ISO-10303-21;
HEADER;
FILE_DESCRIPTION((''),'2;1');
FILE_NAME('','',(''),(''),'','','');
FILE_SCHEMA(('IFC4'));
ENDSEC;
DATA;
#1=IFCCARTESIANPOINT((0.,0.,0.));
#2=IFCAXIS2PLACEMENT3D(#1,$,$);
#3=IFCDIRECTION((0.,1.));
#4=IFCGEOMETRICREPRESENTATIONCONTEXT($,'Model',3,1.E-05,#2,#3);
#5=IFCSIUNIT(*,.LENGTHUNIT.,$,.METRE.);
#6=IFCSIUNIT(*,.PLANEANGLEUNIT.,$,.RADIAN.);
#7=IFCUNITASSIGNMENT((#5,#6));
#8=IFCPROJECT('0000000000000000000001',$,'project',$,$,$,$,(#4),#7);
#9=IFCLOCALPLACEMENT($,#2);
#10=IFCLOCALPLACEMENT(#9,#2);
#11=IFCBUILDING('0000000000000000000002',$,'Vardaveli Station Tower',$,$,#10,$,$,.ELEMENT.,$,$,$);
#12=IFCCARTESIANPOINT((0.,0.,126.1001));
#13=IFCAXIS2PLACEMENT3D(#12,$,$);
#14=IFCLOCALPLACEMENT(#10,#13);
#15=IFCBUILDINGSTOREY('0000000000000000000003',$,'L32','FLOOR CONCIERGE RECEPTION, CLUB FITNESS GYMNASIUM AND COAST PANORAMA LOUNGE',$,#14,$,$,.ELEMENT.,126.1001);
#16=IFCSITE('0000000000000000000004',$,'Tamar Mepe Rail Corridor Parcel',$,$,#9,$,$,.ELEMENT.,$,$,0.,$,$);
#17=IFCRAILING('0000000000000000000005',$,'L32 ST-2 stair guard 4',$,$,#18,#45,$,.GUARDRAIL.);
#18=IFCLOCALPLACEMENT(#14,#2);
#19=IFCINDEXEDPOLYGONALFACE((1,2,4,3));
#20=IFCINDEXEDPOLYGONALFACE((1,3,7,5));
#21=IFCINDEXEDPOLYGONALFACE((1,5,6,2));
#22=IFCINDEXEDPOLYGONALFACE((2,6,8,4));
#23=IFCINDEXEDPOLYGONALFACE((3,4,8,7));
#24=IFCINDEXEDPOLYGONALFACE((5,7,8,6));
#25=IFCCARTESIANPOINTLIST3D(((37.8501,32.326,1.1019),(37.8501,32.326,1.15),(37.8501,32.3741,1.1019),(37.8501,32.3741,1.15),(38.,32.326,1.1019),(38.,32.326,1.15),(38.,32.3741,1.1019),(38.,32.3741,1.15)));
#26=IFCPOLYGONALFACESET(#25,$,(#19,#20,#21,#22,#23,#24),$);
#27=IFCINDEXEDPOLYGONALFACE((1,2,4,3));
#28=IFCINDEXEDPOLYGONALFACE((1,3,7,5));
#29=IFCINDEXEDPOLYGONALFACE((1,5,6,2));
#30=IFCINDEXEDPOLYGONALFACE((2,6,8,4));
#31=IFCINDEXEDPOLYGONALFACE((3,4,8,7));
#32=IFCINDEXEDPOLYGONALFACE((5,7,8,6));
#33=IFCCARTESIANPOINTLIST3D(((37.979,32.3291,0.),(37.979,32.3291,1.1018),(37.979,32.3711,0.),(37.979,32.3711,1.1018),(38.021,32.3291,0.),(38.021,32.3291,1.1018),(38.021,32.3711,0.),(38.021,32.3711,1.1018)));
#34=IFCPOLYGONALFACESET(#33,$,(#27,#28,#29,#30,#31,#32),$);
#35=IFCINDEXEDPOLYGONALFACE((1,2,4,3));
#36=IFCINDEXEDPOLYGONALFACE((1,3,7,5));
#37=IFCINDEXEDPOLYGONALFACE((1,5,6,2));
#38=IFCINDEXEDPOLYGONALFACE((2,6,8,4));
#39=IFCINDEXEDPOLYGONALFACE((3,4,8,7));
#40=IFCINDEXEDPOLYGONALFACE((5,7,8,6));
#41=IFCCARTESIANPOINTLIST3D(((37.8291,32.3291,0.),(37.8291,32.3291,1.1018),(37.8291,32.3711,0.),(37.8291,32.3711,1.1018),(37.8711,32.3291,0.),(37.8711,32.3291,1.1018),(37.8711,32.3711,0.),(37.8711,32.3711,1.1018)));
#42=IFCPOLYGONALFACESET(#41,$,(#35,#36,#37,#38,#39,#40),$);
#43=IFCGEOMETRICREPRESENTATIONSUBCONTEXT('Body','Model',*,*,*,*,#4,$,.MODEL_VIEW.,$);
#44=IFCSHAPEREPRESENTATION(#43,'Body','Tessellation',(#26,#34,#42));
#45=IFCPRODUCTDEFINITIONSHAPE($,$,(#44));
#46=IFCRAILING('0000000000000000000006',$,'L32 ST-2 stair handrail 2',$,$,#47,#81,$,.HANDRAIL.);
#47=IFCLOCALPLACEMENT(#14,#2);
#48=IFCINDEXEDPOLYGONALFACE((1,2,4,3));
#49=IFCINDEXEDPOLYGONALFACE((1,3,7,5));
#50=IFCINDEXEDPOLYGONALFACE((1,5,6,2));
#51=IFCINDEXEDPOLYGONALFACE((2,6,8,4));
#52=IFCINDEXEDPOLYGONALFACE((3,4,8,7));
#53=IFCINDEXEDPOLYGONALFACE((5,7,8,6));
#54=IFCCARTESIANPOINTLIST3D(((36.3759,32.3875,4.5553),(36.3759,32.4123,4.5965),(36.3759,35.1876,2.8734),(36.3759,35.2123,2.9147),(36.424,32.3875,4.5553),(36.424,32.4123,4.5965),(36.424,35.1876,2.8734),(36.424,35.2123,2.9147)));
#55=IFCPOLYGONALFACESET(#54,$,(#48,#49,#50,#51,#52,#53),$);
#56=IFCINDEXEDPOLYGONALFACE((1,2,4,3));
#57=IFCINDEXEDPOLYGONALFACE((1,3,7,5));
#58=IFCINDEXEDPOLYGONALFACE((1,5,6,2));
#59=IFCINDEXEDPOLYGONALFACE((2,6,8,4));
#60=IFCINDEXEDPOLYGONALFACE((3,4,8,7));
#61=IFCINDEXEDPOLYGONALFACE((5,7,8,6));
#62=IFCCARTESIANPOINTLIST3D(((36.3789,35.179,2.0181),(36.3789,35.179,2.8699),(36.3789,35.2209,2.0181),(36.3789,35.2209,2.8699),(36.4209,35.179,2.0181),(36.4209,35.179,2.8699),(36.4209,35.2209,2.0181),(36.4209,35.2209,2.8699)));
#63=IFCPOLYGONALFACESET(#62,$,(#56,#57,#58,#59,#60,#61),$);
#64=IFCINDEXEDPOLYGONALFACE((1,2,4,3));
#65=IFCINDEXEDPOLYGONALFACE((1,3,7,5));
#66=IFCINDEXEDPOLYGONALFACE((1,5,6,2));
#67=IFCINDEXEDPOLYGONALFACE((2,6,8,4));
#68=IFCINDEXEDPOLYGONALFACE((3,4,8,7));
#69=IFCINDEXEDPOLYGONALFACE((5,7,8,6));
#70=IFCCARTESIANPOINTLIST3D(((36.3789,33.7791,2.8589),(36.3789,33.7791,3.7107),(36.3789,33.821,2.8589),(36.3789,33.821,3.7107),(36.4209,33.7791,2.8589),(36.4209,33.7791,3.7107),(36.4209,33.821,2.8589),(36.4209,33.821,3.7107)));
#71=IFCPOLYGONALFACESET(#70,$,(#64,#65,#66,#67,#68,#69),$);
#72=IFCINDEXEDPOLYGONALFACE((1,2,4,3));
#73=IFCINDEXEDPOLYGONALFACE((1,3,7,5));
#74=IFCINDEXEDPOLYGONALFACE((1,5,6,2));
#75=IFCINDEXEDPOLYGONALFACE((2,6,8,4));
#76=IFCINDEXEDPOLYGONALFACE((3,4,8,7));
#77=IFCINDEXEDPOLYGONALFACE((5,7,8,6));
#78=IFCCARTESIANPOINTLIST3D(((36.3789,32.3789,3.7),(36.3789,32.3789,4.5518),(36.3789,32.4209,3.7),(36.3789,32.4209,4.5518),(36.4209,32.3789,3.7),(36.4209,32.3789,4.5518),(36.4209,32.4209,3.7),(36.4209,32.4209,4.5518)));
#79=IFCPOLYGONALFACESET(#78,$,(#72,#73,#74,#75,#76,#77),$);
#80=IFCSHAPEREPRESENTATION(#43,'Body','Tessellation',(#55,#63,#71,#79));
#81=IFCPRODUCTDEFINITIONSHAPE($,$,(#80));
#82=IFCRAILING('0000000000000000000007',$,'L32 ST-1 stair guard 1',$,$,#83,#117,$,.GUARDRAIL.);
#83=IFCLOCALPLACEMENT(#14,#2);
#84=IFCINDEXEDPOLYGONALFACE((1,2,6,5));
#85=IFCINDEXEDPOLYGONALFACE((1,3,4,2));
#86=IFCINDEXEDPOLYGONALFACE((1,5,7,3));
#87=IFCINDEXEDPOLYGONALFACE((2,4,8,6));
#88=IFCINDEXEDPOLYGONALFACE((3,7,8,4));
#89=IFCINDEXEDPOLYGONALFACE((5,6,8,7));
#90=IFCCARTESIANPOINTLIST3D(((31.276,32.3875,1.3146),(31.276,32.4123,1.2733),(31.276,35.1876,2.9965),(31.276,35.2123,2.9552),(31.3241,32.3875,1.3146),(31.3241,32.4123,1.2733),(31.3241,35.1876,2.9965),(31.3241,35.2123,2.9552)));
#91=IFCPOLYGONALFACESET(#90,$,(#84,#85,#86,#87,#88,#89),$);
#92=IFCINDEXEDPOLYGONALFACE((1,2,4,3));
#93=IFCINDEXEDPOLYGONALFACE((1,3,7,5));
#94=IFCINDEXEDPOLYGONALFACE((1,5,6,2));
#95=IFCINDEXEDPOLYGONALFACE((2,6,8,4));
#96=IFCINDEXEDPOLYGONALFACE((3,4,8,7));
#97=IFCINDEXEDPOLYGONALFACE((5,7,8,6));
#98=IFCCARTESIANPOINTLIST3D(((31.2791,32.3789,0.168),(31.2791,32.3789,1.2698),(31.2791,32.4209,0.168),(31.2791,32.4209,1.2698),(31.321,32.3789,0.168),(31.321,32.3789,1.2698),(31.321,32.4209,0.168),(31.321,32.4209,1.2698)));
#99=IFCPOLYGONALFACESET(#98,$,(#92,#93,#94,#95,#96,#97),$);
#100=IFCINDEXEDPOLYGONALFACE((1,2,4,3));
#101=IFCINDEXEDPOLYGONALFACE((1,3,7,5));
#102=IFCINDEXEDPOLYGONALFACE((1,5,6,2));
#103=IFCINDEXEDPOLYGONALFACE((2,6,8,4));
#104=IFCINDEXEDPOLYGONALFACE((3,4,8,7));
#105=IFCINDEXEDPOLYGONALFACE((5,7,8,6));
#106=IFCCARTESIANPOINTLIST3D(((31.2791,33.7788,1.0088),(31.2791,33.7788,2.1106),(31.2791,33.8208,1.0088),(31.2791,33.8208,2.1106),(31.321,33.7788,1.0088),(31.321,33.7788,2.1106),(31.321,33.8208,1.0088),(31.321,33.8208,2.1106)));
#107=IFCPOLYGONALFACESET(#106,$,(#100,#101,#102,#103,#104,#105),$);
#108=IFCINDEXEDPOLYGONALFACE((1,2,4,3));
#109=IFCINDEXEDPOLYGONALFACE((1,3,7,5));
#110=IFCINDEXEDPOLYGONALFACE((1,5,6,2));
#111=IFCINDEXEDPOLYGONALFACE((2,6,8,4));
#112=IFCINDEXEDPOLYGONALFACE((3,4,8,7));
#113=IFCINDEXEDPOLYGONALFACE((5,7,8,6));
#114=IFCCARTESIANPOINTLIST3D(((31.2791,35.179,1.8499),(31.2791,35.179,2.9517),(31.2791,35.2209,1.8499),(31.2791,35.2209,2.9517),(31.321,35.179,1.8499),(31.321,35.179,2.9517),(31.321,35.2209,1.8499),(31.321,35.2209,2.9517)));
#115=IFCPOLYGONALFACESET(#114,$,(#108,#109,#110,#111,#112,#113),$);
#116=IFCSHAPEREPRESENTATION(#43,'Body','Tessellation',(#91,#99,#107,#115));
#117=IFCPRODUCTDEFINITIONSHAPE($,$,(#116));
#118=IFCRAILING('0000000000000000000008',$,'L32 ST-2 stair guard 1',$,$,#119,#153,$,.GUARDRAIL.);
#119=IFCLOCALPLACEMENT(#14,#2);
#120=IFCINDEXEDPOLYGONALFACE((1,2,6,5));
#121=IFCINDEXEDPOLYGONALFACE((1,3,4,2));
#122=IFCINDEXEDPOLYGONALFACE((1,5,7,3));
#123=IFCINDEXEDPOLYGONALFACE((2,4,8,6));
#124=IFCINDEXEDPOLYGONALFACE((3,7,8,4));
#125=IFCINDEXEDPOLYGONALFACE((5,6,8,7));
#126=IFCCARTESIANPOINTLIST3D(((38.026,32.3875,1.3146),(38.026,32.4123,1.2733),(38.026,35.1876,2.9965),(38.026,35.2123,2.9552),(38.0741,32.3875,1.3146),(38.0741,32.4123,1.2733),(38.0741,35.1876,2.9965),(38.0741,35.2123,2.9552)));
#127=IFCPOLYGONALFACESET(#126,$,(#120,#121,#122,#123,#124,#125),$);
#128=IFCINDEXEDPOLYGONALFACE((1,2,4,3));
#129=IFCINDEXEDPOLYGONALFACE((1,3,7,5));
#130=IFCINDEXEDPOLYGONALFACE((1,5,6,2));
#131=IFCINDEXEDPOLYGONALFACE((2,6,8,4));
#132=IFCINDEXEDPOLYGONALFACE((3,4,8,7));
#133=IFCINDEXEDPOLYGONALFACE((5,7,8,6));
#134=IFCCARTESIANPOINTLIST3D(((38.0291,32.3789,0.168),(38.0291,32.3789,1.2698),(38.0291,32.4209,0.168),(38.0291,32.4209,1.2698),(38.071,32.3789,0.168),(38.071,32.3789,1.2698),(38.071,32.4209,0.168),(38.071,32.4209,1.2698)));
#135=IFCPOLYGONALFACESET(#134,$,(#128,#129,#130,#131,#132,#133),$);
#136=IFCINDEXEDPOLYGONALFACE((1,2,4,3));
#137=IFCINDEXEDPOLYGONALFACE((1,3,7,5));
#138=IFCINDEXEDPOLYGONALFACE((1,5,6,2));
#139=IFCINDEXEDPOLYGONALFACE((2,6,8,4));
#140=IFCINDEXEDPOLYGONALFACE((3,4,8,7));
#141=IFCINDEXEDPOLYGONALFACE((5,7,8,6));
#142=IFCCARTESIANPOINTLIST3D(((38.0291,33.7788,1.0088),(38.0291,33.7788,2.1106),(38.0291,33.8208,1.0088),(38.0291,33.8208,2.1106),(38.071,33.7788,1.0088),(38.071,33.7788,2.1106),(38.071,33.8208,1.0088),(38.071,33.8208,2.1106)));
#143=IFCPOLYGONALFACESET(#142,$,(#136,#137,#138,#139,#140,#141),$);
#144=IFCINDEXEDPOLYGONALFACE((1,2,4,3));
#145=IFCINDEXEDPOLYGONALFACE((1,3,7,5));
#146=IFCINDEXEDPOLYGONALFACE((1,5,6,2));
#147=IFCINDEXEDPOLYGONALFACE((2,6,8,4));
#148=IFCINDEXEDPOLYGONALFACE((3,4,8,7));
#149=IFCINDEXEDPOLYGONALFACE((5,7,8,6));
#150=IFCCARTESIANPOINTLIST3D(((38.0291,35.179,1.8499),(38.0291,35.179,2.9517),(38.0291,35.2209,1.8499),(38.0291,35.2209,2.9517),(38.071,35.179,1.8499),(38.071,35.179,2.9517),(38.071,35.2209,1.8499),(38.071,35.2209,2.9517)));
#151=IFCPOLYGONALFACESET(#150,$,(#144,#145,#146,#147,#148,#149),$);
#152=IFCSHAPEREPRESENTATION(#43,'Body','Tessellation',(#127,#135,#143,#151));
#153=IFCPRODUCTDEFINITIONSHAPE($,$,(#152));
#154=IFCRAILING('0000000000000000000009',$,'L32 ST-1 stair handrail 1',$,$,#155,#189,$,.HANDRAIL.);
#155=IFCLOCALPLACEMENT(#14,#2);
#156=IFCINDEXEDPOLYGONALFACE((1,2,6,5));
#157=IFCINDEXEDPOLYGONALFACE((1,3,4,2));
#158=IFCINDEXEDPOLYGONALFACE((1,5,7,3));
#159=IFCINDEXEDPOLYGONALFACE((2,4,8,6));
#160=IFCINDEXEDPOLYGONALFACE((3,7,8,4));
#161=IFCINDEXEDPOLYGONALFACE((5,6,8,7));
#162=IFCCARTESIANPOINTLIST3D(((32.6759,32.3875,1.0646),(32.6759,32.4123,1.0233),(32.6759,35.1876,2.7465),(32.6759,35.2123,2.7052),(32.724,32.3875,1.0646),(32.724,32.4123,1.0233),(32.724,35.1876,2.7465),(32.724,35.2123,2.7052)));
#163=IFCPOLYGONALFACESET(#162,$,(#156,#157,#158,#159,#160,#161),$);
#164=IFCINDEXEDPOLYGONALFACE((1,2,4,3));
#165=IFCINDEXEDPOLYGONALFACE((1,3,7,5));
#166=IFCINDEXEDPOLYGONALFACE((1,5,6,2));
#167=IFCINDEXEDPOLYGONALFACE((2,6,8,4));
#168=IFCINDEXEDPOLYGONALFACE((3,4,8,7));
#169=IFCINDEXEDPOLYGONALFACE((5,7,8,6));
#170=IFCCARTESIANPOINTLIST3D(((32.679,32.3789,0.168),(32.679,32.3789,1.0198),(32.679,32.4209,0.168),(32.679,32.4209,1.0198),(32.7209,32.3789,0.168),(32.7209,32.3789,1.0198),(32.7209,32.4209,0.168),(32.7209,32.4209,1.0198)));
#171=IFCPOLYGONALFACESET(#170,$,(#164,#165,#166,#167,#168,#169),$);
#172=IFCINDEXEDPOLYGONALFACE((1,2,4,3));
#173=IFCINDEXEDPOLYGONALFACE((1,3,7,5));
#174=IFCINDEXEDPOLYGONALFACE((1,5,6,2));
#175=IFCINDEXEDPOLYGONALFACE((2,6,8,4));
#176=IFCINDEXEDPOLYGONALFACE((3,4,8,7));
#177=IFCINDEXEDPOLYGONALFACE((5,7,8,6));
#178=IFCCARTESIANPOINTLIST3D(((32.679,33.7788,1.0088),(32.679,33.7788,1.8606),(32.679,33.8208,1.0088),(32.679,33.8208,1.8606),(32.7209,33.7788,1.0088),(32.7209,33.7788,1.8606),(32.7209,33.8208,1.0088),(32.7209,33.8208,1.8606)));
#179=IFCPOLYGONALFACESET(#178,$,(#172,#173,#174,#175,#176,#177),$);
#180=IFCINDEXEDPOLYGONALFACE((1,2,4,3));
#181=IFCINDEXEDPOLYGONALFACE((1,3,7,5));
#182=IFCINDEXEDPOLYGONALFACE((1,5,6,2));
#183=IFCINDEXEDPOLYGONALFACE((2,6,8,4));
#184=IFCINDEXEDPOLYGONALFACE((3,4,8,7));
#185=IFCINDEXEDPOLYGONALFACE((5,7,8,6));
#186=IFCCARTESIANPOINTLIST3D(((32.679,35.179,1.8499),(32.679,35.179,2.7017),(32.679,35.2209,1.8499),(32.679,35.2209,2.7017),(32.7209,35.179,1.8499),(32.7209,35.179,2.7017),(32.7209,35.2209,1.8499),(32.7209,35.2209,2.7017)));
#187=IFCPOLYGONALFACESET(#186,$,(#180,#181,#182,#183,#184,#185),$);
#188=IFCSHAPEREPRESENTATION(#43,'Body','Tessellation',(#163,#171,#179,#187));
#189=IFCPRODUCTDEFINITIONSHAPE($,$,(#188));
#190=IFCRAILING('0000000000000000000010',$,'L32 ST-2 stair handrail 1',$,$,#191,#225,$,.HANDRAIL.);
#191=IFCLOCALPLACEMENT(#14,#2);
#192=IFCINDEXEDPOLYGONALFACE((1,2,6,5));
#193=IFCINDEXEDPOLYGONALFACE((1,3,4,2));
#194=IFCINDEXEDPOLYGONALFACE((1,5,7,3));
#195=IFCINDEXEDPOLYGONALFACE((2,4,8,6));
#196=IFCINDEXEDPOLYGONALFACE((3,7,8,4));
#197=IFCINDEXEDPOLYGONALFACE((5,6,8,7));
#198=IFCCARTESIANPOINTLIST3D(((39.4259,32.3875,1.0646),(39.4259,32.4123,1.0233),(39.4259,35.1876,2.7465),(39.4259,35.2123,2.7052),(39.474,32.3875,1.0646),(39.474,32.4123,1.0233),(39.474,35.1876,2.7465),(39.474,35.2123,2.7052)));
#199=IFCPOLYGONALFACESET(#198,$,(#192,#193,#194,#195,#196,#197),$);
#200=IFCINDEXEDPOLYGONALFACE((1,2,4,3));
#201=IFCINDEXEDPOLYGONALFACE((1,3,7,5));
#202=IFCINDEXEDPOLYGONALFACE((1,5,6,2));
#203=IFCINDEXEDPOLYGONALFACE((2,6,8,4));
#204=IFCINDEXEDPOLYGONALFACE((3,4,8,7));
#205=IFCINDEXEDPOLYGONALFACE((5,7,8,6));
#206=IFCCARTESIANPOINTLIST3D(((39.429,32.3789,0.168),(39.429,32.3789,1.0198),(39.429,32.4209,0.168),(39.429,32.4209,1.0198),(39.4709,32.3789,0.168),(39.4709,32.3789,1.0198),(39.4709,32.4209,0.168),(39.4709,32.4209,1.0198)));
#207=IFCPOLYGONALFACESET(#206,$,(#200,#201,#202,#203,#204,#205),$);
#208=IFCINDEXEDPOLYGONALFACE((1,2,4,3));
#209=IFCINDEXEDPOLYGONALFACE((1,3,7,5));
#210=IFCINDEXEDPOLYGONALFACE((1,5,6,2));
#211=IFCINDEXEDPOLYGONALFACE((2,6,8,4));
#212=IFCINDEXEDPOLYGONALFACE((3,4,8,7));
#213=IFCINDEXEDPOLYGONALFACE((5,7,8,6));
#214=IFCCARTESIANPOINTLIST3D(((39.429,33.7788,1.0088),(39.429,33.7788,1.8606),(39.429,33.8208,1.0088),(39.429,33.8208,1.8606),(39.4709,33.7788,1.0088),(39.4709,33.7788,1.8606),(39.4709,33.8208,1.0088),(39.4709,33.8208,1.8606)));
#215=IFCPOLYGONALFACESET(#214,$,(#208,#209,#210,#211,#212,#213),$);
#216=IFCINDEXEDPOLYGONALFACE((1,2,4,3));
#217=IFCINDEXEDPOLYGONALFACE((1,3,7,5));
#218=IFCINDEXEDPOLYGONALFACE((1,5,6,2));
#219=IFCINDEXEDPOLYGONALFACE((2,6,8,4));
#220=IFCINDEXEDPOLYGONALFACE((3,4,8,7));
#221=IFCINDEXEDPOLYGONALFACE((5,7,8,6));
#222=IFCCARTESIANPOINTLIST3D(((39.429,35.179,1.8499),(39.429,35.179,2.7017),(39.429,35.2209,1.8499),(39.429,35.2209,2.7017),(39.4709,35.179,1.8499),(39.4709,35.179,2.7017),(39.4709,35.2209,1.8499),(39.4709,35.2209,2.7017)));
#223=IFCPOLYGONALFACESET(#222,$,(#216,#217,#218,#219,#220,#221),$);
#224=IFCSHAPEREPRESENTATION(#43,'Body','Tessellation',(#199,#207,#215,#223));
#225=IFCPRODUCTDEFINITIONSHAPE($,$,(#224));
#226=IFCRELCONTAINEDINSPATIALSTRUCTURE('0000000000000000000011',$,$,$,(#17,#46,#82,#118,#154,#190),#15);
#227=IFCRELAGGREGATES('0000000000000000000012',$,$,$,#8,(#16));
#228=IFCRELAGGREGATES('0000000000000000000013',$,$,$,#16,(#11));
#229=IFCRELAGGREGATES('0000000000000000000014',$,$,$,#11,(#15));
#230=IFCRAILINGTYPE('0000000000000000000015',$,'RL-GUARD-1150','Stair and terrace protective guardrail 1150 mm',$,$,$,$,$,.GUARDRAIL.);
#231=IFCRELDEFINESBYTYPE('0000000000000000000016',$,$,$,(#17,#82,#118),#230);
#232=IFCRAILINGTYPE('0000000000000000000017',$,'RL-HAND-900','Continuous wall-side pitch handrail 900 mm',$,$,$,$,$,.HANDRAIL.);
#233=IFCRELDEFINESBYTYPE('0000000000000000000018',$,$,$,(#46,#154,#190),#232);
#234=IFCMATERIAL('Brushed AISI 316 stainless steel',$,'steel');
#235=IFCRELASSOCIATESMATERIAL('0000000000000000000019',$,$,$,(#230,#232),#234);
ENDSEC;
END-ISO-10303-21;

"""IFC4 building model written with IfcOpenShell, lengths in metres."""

from ifc_helpers import new_model, si_unit, direction, frame, origin, origin_2d, place, context, subcontext, project, spatial, rectangle, extrude, source, transform, mapped, material, type_object, element, save


model = new_model("IFC4")

# Units and contexts
model_context = context("Model", 3, precision=1e-05, world=origin(), true_north=direction((0.0, 1.0)))
body_context = subcontext(model_context, "Body", "Model", "MODEL_VIEW")
ifc_project = project(units=[si_unit("LENGTHUNIT", "METRE"), si_unit("PLANEANGLEUNIT", "RADIAN")], contexts=[model_context])

# Site, building, storey
site_placement = place(None, origin())
site = spatial("IfcSite", under=ifc_project, at=site_placement, Name="Tamar Mepe Rail Corridor Parcel", CompositionType="ELEMENT", RefElevation=0.0)
building_placement = place(site_placement, origin())
building = spatial("IfcBuilding", under=site, at=building_placement, Name="Vardaveli Station Tower", CompositionType="ELEMENT")
storey_placement = place(building_placement, frame((0.0, 0.0, 126.1001)))
storey = spatial("IfcBuildingStorey", under=building, at=storey_placement, Name="L32", Description="FLOOR CONCIERGE RECEPTION, CLUB FITNESS GYMNASIUM AND COAST PANORAMA LOUNGE", CompositionType="ELEMENT", Elevation=126.1001)

# Railings
ifc_material_1 = material(Name="Brushed AISI 316 stainless steel", Category="steel")
railing_type_1 = type_object("IfcRailingType", Name="RL-GUARD-1150", Description="Stair and terrace protective guardrail 1150 mm", PredefinedType="GUARDRAIL", material=ifc_material_1)
shared_shape_1 = source(origin(), body_context, "Body", "SweptSolid", [
    extrude(rectangle(XDim=0.0481, YDim=0.0481, at=origin_2d()), frame((0.0, 0.0, 1.126), z_axis=(-1.0, 0.0, 0.0), x_axis=(0.0, -1.0, 0.0)), (0.0, 0.0, 1.0), 0.1499),
    extrude(rectangle(XDim=0.042, YDim=0.042, at=origin_2d()), origin(), (0.0, 0.0, 1.0), 1.1018),
    extrude(rectangle(XDim=0.042, YDim=0.042, at=origin_2d()), frame((-0.1499, 0.0, 0.0)), (0.0, 0.0, 1.0), 1.1018),
])
for number, where, name in (
    (1, (38.0, 32.3501, 0.0), "L32 ST-2 stair guard 4"),
):
    element("IfcRailing", number, at=place(storey_placement, frame(where)), inside=storey, type_object=railing_type_1, Name=name, PredefinedType="GUARDRAIL", context=body_context, shape_type="MappedRepresentation", body=[
        mapped(shared_shape_1, transform((0.0, 0.0, 0.0), scale=1.0)),
    ])
railing_type_2 = type_object("IfcRailingType", Name="RL-HAND-900", Description="Continuous wall-side pitch handrail 900 mm", PredefinedType="HANDRAIL", material=ifc_material_1)
shared_shape_2 = source(origin(), body_context, "Body", "SweptSolid", [
    extrude(rectangle(XDim=0.0481, YDim=0.0481, at=origin_2d()), frame((0.0, 0.0, 0.876), z_axis=(0.0, -0.857242, 0.514913), x_axis=(1.0, 0.0, 0.0)), (0.0, 0.0, 1.0), 3.2664),
    extrude(rectangle(XDim=0.042, YDim=0.042, at=origin_2d()), origin(), (0.0, 0.0, 1.0), 0.8518),
    extrude(rectangle(XDim=0.042, YDim=0.042, at=origin_2d()), frame((0.0, -1.3999, 0.8408)), (0.0, 0.0, 1.0), 0.8518),
    extrude(rectangle(XDim=0.042, YDim=0.042, at=origin_2d()), frame((0.0, -2.8, 1.6819)), (0.0, 0.0, 1.0), 0.8518),
])
railing_placement = place(storey_placement, frame((36.3999, 35.2, 2.0181)))
element("IfcRailing", 2, at=railing_placement, inside=storey, type_object=railing_type_2, Name="L32 ST-2 stair handrail 2", PredefinedType="HANDRAIL", context=body_context, shape_type="MappedRepresentation", body=[
    mapped(shared_shape_2, transform((0.0, 0.0, 0.0), scale=1.0)),
])
shared_shape_3 = source(origin(), body_context, "Body", "SweptSolid", [
    extrude(rectangle(XDim=0.0481, YDim=0.0481, at=origin_2d()), frame((0.0, 0.0, 1.126), z_axis=(0.0, 0.857242, 0.514913), x_axis=(-1.0, 0.0, 0.0)), (0.0, 0.0, 1.0), 3.2664),
    extrude(rectangle(XDim=0.042, YDim=0.042, at=origin_2d()), origin(), (0.0, 0.0, 1.0), 1.1018),
    extrude(rectangle(XDim=0.042, YDim=0.042, at=origin_2d()), frame((0.0, 1.3999, 0.8408)), (0.0, 0.0, 1.0), 1.1018),
    extrude(rectangle(XDim=0.042, YDim=0.042, at=origin_2d()), frame((0.0, 2.8, 1.6819)), (0.0, 0.0, 1.0), 1.1018),
])
for number, where, name in (
    (3, (31.3, 32.3999, 0.168), "L32 ST-1 stair guard 1"),
    (4, (38.05, 32.3999, 0.168), "L32 ST-2 stair guard 1"),
):
    element("IfcRailing", number, at=place(storey_placement, frame(where)), inside=storey, type_object=railing_type_1, Name=name, PredefinedType="GUARDRAIL", context=body_context, shape_type="MappedRepresentation", body=[
        mapped(shared_shape_3, transform((0.0, 0.0, 0.0), scale=1.0)),
    ])
shared_shape_4 = source(origin(), body_context, "Body", "SweptSolid", [
    extrude(rectangle(XDim=0.0481, YDim=0.0481, at=origin_2d()), frame((0.0, 0.0, 0.876), z_axis=(0.0, 0.857242, 0.514913), x_axis=(-1.0, 0.0, 0.0)), (0.0, 0.0, 1.0), 3.2664),
    extrude(rectangle(XDim=0.042, YDim=0.042, at=origin_2d()), origin(), (0.0, 0.0, 1.0), 0.8518),
    extrude(rectangle(XDim=0.042, YDim=0.042, at=origin_2d()), frame((0.0, 1.3999, 0.8408)), (0.0, 0.0, 1.0), 0.8518),
    extrude(rectangle(XDim=0.042, YDim=0.042, at=origin_2d()), frame((0.0, 2.8, 1.6819)), (0.0, 0.0, 1.0), 0.8518),
])
for number, where, name in (
    (5, (32.7, 32.3999, 0.168), "L32 ST-1 stair handrail 1"),
    (6, (39.45, 32.3999, 0.168), "L32 ST-2 stair handrail 1"),
):
    element("IfcRailing", number, at=place(storey_placement, frame(where)), inside=storey, type_object=railing_type_2, Name=name, PredefinedType="HANDRAIL", context=body_context, shape_type="MappedRepresentation", body=[
        mapped(shared_shape_4, transform((0.0, 0.0, 0.0), scale=1.0)),
    ])

save(model, "model.ifc")
